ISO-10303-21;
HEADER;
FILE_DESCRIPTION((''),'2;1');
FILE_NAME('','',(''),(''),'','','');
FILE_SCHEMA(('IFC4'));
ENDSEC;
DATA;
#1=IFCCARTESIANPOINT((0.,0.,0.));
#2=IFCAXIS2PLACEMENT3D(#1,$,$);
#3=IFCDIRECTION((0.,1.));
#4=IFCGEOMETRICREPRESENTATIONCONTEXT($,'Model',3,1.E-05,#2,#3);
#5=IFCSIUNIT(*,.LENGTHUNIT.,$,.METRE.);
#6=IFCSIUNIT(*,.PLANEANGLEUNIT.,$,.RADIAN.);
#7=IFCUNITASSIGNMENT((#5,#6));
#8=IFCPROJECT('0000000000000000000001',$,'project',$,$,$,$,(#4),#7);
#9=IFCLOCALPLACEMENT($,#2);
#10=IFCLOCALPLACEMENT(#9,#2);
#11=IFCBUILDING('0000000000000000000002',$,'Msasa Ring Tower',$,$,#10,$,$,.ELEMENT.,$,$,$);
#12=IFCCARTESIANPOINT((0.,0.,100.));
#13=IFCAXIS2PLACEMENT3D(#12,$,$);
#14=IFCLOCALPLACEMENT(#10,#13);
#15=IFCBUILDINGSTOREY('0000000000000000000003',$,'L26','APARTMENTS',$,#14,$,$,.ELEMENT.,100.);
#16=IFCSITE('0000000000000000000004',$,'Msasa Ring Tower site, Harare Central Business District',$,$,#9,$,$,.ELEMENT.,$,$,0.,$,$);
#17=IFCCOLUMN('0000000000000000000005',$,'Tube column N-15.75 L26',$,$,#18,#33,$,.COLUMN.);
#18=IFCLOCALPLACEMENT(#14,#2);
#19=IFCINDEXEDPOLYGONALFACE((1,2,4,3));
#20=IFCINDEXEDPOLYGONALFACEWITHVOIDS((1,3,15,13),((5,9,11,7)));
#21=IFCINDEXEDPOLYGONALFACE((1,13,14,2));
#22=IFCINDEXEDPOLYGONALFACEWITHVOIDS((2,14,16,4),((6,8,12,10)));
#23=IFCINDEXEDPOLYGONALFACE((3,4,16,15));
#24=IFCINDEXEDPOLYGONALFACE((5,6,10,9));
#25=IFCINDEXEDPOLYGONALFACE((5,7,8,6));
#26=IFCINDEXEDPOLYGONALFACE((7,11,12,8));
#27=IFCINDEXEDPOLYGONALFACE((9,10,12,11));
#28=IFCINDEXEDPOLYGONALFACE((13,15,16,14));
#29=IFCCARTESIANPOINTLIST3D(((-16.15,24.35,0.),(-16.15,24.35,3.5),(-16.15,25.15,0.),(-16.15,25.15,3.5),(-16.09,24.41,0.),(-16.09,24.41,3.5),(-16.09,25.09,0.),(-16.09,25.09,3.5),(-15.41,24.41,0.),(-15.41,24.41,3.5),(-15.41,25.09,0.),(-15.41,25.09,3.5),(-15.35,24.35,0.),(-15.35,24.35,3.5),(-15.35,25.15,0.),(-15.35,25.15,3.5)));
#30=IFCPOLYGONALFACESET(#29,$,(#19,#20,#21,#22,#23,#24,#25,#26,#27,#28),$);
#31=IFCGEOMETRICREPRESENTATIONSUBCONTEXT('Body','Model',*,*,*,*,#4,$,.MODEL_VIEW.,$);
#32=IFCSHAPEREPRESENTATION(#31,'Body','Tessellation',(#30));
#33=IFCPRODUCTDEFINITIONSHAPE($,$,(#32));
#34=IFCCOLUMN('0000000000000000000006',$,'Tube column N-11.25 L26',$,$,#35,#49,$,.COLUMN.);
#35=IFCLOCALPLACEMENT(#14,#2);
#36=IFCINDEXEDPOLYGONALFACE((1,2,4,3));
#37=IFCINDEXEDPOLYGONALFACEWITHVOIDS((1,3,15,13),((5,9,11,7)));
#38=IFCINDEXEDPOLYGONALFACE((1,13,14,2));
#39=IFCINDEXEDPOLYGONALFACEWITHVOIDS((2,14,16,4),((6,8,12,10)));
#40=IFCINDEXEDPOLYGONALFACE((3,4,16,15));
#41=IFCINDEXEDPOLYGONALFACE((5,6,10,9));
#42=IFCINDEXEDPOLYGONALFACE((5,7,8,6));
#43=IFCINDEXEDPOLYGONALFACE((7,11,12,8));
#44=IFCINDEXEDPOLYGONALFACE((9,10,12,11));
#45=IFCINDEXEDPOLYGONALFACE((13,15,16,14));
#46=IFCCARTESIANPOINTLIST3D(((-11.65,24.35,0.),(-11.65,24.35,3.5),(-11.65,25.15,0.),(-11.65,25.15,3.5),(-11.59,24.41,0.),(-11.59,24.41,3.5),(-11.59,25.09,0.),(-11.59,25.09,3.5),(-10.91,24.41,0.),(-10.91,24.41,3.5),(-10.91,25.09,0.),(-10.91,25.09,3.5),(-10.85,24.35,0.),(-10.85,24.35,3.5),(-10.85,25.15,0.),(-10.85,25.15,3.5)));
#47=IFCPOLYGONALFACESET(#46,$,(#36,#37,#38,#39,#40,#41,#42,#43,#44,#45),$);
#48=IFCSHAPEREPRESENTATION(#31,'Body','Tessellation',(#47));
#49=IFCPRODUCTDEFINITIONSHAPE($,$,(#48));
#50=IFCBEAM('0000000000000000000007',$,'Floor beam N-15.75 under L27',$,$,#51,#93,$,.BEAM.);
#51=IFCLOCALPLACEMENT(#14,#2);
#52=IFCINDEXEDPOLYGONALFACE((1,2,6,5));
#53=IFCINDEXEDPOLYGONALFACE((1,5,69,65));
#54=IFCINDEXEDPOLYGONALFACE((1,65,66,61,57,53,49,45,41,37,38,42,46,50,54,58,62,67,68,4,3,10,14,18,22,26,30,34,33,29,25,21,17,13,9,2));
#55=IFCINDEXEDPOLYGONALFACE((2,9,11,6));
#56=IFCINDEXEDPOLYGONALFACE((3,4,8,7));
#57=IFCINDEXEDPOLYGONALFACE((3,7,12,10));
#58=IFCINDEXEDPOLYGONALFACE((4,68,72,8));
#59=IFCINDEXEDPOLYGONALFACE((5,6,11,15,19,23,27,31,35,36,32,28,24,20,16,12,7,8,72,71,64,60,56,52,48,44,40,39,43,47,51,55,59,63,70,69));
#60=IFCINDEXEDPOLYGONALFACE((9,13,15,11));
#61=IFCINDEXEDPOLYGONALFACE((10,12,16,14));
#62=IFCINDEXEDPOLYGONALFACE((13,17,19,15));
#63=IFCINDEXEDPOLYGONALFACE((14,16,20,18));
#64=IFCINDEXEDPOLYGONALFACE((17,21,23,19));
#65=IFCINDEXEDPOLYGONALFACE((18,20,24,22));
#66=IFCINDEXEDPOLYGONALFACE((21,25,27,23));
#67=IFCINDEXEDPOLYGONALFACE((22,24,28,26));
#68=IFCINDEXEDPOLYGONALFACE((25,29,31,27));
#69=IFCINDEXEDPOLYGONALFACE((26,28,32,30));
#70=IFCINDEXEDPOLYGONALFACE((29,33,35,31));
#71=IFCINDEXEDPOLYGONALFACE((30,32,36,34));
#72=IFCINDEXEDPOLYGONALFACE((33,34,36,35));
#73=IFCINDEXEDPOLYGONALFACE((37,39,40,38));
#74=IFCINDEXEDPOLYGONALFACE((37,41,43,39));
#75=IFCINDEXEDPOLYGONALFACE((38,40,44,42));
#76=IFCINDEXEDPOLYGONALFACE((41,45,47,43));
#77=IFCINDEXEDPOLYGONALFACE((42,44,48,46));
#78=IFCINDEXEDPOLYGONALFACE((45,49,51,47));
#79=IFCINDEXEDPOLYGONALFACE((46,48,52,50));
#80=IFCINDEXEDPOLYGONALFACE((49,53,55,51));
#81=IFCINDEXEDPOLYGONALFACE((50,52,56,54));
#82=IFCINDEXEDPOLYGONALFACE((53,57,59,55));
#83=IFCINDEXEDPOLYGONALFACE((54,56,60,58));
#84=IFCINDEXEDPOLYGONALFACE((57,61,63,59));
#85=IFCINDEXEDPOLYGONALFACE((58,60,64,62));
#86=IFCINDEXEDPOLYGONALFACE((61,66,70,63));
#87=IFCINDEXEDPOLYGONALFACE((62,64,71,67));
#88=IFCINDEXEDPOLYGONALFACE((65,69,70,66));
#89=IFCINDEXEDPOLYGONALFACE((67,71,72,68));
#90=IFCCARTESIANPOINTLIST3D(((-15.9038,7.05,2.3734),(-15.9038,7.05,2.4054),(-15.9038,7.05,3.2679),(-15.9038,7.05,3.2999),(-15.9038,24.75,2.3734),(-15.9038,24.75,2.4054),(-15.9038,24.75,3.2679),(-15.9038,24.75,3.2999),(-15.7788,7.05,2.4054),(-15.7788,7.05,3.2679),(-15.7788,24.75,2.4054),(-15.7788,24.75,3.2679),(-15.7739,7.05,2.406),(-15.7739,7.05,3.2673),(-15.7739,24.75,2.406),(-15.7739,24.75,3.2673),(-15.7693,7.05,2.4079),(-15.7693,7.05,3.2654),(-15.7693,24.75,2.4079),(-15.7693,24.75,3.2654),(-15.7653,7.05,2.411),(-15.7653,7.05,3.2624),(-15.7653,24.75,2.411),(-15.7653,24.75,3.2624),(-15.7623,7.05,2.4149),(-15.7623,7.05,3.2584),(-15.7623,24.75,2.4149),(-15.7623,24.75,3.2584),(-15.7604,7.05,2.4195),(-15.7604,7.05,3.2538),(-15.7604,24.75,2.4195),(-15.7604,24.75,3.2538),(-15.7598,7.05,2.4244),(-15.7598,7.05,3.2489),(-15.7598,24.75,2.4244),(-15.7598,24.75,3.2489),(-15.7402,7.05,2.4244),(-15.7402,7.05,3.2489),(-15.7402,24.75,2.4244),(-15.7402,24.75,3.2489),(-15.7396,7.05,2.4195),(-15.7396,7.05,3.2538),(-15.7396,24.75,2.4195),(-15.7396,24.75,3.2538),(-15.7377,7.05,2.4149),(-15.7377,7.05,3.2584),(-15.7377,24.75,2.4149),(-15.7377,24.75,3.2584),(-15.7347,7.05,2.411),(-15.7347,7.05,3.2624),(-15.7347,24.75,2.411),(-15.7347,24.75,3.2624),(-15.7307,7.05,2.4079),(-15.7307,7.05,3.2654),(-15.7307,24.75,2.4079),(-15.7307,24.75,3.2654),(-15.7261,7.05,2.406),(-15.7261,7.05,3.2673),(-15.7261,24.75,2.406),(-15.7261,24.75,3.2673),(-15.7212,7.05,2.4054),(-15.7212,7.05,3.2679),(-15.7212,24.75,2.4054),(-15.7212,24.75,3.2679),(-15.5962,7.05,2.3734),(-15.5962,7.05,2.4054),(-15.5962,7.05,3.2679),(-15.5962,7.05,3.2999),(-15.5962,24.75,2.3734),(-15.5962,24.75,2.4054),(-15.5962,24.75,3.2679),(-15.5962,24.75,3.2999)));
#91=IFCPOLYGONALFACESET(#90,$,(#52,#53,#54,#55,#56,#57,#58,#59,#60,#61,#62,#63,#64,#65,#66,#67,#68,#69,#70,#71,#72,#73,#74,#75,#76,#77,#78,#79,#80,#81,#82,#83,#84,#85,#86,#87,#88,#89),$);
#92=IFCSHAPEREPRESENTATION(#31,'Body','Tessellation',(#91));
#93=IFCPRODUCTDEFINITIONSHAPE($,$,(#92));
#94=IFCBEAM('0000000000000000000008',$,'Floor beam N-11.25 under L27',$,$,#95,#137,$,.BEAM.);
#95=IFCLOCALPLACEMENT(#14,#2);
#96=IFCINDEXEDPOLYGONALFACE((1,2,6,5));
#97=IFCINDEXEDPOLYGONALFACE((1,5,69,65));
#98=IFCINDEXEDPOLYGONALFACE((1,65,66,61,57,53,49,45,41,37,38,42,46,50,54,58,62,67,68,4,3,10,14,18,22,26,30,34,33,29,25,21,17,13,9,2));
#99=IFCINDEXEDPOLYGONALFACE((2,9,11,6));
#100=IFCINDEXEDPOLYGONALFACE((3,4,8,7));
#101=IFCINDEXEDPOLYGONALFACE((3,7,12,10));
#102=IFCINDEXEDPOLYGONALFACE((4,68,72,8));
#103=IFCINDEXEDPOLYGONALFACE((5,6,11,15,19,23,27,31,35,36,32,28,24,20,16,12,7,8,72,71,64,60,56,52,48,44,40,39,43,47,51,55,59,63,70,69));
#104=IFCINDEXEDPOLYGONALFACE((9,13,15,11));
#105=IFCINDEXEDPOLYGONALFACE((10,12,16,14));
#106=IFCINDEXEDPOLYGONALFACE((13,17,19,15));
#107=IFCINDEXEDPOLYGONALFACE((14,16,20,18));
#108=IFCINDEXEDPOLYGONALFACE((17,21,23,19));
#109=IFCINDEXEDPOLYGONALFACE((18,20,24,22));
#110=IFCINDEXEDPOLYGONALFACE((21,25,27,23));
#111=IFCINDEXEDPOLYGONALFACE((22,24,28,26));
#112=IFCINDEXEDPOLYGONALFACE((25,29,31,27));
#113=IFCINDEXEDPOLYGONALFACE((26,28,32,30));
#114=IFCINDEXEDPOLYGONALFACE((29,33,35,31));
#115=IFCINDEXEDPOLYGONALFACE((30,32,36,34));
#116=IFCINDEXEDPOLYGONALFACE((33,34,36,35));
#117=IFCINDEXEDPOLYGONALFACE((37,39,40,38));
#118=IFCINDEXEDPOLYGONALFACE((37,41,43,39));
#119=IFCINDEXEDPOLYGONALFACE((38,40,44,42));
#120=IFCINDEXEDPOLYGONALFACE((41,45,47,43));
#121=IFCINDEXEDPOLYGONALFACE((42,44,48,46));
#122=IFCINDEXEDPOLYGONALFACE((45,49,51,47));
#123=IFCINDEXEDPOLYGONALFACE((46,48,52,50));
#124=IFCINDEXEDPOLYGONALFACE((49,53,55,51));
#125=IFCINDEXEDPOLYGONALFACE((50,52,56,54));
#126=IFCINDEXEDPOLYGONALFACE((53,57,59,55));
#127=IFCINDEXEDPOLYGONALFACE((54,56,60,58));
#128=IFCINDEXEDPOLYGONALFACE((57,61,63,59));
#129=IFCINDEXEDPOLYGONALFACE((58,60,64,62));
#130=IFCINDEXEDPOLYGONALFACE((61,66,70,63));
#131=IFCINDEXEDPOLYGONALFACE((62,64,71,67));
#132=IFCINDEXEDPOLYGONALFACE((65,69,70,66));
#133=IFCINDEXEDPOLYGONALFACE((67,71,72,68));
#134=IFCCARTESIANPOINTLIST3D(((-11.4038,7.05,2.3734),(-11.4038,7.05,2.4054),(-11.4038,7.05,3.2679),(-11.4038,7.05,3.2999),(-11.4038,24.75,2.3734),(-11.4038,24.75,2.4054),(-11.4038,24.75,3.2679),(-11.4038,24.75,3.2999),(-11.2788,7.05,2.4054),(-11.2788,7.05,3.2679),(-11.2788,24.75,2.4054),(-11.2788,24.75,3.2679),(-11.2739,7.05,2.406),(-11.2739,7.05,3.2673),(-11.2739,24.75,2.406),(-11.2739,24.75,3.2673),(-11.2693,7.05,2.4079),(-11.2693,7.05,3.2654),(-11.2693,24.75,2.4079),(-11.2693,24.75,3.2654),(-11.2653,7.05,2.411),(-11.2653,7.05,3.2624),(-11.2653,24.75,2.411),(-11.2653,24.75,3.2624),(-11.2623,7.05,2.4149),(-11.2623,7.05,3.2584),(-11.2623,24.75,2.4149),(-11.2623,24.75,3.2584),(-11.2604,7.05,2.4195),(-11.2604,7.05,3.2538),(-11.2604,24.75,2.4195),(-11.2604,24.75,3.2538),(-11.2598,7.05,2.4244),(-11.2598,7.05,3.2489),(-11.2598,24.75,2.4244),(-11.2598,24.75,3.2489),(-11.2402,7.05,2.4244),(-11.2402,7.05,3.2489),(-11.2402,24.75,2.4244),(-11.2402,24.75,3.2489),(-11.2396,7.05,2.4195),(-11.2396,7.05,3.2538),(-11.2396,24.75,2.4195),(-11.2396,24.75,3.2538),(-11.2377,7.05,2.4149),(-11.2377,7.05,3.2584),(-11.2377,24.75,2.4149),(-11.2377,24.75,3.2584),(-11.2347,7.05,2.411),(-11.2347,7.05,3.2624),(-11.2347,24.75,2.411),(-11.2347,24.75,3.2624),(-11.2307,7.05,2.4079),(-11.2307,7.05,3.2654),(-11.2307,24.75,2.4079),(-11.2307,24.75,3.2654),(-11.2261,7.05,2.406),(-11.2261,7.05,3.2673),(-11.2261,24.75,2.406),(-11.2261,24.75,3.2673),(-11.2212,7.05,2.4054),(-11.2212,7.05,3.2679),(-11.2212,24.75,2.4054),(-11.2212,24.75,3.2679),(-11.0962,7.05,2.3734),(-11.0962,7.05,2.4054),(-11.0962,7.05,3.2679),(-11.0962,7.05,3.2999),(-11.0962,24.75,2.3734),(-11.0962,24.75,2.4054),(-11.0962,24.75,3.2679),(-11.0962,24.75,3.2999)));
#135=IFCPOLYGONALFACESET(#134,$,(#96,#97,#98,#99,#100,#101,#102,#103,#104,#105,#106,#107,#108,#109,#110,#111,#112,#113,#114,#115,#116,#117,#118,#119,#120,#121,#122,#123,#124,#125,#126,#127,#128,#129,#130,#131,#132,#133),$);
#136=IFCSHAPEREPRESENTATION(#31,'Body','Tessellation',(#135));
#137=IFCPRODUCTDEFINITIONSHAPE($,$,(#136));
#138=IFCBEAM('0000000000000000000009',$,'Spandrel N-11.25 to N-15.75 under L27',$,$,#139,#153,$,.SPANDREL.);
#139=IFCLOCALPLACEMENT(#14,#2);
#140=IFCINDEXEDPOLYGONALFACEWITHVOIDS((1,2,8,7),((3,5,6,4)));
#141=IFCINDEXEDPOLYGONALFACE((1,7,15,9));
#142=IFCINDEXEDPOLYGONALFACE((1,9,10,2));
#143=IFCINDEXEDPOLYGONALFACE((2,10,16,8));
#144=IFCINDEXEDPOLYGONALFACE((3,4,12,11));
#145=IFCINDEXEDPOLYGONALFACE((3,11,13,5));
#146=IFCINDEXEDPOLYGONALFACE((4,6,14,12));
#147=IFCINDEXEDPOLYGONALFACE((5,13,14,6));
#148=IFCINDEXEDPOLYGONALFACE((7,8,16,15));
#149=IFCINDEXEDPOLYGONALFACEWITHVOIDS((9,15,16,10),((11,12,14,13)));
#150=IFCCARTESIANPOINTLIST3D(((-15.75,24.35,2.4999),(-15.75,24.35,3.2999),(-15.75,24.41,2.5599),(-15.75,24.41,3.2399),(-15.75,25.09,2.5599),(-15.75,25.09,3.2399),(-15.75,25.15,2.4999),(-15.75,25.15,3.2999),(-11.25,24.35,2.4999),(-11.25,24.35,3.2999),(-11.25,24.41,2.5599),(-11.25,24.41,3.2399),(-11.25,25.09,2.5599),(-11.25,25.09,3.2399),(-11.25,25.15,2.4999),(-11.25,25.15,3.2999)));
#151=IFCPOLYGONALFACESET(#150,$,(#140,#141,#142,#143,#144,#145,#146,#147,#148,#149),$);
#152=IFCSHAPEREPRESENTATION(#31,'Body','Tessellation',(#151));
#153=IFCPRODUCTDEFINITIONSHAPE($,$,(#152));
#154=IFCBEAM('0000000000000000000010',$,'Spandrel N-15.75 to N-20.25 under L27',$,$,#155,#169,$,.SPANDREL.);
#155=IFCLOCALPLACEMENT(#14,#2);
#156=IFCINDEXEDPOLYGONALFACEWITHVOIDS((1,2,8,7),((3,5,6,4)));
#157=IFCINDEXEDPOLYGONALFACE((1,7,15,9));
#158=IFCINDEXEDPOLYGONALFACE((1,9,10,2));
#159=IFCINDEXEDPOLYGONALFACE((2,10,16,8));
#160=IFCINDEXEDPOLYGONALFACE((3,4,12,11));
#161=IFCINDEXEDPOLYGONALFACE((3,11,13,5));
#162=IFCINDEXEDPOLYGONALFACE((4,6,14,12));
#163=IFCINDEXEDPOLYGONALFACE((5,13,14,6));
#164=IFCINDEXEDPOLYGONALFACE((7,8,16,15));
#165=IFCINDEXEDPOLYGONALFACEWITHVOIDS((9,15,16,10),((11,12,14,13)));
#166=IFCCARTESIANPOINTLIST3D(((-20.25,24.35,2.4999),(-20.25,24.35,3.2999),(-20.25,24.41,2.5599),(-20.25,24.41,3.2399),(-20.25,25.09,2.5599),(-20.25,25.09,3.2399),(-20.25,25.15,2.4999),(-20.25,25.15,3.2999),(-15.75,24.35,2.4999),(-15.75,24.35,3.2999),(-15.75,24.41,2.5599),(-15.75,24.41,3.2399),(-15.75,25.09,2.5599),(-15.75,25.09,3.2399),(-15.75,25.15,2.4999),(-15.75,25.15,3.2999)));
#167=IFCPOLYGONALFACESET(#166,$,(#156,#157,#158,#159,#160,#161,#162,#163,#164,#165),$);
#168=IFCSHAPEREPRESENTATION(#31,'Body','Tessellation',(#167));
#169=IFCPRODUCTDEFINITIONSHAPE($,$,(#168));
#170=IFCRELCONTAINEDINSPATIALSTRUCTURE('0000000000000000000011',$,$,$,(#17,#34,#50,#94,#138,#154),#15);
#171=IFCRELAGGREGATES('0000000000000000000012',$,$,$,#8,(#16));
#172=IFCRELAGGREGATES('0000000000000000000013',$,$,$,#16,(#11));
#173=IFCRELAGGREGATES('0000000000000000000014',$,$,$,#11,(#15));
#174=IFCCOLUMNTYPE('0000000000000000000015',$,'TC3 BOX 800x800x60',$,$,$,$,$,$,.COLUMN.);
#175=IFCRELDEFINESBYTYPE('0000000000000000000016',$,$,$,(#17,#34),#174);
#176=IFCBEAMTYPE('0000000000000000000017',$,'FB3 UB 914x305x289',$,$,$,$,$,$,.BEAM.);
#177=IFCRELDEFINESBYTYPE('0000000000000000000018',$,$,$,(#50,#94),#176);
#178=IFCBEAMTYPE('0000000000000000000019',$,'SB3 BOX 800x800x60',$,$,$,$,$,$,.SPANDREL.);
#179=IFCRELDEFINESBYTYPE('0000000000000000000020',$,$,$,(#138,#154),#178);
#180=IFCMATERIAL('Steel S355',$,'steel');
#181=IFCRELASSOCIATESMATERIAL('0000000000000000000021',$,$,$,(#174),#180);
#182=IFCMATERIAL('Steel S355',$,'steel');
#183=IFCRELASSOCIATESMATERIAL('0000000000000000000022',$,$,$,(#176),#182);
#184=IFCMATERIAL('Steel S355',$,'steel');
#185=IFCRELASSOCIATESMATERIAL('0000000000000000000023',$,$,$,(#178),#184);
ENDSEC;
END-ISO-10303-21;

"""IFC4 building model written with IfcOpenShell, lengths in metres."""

from ifc_helpers import new_model, si_unit, direction, frame, origin, origin_2d, place, context, subcontext, project, spatial, hollow_rectangle, i_section, extrude, material, material_profile, profile_set, type_object, element, save


model = new_model("IFC4")

# Units and contexts
model_context = context("Model", 3, precision=1e-05, world=origin(), true_north=direction((0.0, 1.0)))
body_context = subcontext(model_context, "Body", "Model", "MODEL_VIEW")
ifc_project = project(units=[si_unit("LENGTHUNIT", "METRE"), si_unit("PLANEANGLEUNIT", "RADIAN")], contexts=[model_context])

# Site, building, storey
site_placement = place(None, origin())
site = spatial("IfcSite", under=ifc_project, at=site_placement, Name="Msasa Ring Tower site, Harare Central Business District", CompositionType="ELEMENT", RefElevation=0.0)
building_placement = place(site_placement, origin())
building = spatial("IfcBuilding", under=site, at=building_placement, Name="Msasa Ring Tower", CompositionType="ELEMENT")
storey_placement = place(building_placement, frame((0.0, 0.0, 100.0)))
storey = spatial("IfcBuildingStorey", under=building, at=storey_placement, Name="L26", Description="APARTMENTS", CompositionType="ELEMENT", Elevation=100.0)

# Columns
ifc_material_1 = material(Name="Steel S355", Category="steel")
ifc_material_profile_1 = material_profile(ifc_material_1, hollow_rectangle(XDim=0.8, YDim=0.8, WallThickness=0.0601, at=origin_2d()), Name="BOX 800x800x60")
ifc_profile_set_1 = profile_set([ifc_material_profile_1], Name="Steel S355")
column_type = type_object("IfcColumnType", Name="TC3 BOX 800x800x60", PredefinedType="COLUMN", material=ifc_profile_set_1)
for number, where, z_axis, x_axis, name in (
    (1, (-15.75, 24.75, 0.0), (0.0, 0.0, 1.0), (0.0, 1.0, 0.0), "Tube column N-15.75 L26"),
    (2, (-11.25, 24.75, 0.0), (0.0, 0.0, 1.0), (0.0, 1.0, 0.0), "Tube column N-11.25 L26"),
):
    element("IfcColumn", number, at=place(storey_placement, frame(where, z_axis=z_axis, x_axis=x_axis)), inside=storey, type_object=column_type, Name=name, PredefinedType="COLUMN", context=body_context, shape_type="SweptSolid", body=[
        extrude(hollow_rectangle(XDim=0.8, YDim=0.8, WallThickness=0.0601, at=origin_2d()), origin(), (0.0, 0.0, 1.0), 3.5),
    ])

# Beams
ifc_material_2 = material(Name="Steel S355", Category="steel")
ifc_material_profile_2 = material_profile(ifc_material_2, i_section(OverallWidth=0.3076, OverallDepth=0.9265, WebThickness=0.0195, FlangeThickness=0.032, FilletRadius=0.019, at=origin_2d()), Name="UB 914x305x289")
ifc_profile_set_2 = profile_set([ifc_material_profile_2], Name="Steel S355")
beam_type_1 = type_object("IfcBeamType", Name="FB3 UB 914x305x289", PredefinedType="BEAM", material=ifc_profile_set_2)
for number, where, z_axis, x_axis, name in (
    (3, (-15.75, 24.75, 2.8367), (0.0, -1.0, 0.0), (1.0, 0.0, 0.0), "Floor beam N-15.75 under L27"),
    (4, (-11.25, 24.75, 2.8367), (0.0, -1.0, 0.0), (1.0, 0.0, 0.0), "Floor beam N-11.25 under L27"),
):
    element("IfcBeam", number, at=place(storey_placement, frame(where, z_axis=z_axis, x_axis=x_axis)), inside=storey, type_object=beam_type_1, Name=name, PredefinedType="BEAM", context=body_context, shape_type="SweptSolid", body=[
        extrude(i_section(OverallWidth=0.3076, OverallDepth=0.9265, WebThickness=0.0195, FlangeThickness=0.032, FilletRadius=0.019, at=origin_2d()), origin(), (0.0, 0.0, 1.0), 17.7),
    ])
ifc_material_3 = material(Name="Steel S355", Category="steel")
ifc_material_profile_3 = material_profile(ifc_material_3, hollow_rectangle(XDim=0.8, YDim=0.8, WallThickness=0.0601, at=origin_2d()), Name="BOX 800x800x60")
ifc_profile_set_3 = profile_set([ifc_material_profile_3], Name="Steel S355")
beam_type_2 = type_object("IfcBeamType", Name="SB3 BOX 800x800x60", PredefinedType="SPANDREL", material=ifc_profile_set_3)
for number, where, z_axis, x_axis, name in (
    (5, (-11.25, 24.75, 2.8999), (-1.0, 0.0, 0.0), (0.0, -1.0, 0.0), "Spandrel N-11.25 to N-15.75 under L27"),
    (6, (-15.75, 24.75, 2.8999), (-1.0, 0.0, 0.0), (0.0, -1.0, 0.0), "Spandrel N-15.75 to N-20.25 under L27"),
):
    element("IfcBeam", number, at=place(storey_placement, frame(where, z_axis=z_axis, x_axis=x_axis)), inside=storey, type_object=beam_type_2, Name=name, PredefinedType="SPANDREL", context=body_context, shape_type="SweptSolid", body=[
        extrude(hollow_rectangle(XDim=0.8, YDim=0.8, WallThickness=0.0601, at=origin_2d()), origin(), (0.0, 0.0, 1.0), 4.5),
    ])

save(model, "model.ifc")
